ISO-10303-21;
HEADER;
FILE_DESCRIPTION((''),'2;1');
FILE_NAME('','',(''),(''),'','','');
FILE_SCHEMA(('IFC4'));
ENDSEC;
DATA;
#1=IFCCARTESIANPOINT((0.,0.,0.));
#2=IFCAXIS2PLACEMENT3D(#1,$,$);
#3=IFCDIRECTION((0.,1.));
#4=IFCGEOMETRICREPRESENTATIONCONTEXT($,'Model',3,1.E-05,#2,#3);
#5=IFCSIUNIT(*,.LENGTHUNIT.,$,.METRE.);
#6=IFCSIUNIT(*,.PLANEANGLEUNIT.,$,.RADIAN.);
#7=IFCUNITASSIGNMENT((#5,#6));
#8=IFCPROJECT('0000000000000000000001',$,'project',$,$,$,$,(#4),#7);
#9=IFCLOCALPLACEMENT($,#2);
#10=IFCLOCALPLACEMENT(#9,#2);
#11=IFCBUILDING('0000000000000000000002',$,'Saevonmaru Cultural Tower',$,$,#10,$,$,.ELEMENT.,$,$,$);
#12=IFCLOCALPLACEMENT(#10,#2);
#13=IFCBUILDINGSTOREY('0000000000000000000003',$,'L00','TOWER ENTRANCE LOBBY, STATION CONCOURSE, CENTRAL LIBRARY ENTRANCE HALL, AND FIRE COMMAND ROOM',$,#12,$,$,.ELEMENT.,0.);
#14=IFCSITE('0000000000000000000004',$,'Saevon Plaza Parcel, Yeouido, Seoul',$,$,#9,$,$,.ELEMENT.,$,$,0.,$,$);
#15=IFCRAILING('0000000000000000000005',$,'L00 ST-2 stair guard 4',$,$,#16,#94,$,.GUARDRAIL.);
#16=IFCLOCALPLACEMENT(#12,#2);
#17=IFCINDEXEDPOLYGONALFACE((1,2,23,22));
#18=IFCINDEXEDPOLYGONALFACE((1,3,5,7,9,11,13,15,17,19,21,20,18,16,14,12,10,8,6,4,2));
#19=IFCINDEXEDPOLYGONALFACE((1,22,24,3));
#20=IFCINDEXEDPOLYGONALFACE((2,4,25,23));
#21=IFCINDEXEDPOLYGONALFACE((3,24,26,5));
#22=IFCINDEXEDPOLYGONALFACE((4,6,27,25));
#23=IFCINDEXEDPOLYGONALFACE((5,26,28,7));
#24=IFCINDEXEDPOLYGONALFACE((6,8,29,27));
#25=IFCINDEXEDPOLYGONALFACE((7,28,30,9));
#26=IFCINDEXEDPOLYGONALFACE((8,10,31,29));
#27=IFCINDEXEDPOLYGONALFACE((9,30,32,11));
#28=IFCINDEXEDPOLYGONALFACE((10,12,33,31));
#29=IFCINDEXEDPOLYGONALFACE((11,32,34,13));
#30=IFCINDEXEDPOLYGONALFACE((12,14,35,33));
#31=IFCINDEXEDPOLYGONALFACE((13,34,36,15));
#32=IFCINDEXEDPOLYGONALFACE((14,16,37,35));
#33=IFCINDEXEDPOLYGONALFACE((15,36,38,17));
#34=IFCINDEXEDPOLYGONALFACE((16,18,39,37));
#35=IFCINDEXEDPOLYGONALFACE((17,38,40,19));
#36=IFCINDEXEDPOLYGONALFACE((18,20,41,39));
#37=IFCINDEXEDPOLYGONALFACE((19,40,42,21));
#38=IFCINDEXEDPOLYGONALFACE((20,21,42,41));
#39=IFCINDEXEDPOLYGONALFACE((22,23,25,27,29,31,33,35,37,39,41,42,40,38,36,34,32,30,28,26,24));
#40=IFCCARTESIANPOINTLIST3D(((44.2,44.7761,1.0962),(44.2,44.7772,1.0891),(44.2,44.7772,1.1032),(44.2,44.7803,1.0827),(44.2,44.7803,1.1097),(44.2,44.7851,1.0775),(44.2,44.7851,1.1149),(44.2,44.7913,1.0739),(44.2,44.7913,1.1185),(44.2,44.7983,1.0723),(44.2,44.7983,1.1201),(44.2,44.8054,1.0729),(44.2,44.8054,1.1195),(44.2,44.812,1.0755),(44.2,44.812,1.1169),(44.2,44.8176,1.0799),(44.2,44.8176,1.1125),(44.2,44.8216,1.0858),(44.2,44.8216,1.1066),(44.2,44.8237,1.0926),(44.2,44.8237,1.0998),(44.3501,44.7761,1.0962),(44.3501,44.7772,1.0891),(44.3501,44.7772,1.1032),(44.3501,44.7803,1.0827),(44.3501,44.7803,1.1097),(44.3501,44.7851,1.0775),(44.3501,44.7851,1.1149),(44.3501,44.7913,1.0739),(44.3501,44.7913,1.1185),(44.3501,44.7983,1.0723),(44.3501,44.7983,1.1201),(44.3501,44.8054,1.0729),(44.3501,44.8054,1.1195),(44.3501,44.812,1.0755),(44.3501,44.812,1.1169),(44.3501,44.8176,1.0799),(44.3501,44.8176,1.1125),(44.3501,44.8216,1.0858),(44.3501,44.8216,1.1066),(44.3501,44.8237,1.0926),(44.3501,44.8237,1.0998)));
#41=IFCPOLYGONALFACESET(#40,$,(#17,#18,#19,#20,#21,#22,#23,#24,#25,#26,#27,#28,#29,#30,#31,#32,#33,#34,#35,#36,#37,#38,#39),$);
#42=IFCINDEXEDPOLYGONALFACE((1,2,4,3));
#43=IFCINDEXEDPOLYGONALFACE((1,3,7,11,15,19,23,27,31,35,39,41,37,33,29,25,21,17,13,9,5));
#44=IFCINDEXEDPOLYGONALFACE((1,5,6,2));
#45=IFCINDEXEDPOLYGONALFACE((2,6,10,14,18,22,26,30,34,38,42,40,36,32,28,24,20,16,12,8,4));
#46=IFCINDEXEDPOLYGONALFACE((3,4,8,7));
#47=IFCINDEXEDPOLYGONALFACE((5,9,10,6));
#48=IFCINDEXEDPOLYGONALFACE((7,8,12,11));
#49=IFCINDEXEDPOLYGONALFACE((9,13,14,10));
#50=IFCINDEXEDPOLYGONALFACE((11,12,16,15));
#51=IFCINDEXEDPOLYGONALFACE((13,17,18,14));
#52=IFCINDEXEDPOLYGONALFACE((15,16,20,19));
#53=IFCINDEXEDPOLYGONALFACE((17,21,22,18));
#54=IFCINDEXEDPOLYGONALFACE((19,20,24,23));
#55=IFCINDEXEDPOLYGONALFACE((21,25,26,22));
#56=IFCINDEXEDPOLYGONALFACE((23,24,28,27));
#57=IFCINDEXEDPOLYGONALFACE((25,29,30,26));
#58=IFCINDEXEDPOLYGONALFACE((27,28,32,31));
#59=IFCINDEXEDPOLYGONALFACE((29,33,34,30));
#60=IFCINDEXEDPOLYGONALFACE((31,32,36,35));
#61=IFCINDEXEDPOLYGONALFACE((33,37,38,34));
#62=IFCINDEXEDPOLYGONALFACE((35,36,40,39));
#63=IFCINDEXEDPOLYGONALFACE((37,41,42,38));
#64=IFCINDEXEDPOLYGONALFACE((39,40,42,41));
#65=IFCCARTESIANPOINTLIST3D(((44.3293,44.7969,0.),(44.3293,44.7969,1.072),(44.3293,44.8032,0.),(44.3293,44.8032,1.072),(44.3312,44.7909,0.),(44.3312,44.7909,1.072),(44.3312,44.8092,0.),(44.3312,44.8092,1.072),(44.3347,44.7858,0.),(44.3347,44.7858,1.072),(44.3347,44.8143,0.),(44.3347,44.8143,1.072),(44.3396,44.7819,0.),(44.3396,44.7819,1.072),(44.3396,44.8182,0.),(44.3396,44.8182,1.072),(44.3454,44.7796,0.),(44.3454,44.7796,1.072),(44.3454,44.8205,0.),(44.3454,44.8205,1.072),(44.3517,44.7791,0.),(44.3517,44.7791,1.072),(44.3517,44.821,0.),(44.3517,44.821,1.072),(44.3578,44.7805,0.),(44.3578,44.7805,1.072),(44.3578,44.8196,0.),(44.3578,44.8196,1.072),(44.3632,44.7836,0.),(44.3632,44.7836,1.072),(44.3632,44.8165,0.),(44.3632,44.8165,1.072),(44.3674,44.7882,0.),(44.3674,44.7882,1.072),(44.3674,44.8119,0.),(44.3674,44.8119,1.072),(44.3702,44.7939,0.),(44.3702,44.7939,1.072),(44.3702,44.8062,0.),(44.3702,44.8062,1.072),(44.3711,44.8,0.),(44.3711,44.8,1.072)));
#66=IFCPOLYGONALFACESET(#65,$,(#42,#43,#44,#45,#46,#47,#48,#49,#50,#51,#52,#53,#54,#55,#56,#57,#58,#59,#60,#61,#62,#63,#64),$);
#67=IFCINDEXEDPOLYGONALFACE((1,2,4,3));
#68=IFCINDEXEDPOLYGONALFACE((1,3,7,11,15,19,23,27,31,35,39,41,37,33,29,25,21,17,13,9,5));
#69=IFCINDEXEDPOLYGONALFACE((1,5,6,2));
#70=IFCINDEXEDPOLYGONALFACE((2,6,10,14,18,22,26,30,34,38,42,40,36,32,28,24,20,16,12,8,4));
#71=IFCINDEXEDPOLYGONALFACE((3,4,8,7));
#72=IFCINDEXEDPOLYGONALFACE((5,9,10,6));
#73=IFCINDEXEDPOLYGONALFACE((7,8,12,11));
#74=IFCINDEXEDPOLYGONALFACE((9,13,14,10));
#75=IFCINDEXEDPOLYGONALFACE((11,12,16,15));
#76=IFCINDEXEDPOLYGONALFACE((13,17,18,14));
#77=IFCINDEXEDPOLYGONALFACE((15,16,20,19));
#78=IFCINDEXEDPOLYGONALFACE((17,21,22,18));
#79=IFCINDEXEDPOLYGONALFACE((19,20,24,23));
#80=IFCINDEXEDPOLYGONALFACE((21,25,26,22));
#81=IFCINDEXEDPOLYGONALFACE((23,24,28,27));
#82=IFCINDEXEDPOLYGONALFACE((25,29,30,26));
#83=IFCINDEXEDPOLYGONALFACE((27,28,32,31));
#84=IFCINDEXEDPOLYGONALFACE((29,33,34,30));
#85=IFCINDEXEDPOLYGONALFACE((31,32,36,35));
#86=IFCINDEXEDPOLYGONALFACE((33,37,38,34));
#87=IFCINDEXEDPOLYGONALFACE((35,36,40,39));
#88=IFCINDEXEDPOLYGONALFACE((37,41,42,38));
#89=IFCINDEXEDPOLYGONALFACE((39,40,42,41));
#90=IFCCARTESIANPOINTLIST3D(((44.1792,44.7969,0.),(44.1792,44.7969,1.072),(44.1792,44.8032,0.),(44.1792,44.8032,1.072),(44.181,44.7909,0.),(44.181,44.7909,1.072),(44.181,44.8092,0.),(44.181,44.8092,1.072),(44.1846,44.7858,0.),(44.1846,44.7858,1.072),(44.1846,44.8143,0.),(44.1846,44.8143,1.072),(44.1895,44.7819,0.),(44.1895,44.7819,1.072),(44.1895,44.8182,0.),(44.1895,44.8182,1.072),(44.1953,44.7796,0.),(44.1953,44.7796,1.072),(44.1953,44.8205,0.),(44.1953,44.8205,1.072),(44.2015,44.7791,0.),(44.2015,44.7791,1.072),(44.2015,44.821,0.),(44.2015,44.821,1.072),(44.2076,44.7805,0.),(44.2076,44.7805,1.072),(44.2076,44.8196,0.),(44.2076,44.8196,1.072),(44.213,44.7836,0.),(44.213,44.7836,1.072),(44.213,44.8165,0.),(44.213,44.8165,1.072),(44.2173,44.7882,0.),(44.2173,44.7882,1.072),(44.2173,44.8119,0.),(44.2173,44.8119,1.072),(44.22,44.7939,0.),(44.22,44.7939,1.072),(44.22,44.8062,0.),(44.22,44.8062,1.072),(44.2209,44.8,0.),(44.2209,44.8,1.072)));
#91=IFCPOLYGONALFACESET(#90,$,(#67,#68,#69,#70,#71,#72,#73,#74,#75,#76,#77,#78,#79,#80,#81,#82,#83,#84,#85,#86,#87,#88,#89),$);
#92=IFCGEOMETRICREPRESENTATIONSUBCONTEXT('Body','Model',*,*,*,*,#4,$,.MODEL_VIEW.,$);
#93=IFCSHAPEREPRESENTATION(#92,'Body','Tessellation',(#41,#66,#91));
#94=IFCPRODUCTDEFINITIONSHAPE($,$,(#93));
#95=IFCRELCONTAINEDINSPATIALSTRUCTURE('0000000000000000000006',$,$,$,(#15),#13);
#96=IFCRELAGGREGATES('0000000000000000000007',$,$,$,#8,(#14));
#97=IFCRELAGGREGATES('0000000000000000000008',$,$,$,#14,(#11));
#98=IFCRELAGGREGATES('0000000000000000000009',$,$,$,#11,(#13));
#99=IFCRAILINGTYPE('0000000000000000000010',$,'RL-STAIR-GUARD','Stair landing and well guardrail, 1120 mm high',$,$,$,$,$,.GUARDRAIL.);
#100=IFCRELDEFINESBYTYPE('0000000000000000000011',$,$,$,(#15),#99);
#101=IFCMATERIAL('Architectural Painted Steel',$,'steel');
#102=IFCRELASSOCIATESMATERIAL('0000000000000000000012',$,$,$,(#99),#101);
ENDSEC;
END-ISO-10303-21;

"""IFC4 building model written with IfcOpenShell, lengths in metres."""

from ifc_helpers import new_model, si_unit, direction, frame, origin, origin_2d, place, context, subcontext, project, spatial, circle, extrude, material, type_object, element, save


model = new_model("IFC4")

# Units and contexts
model_context = context("Model", 3, precision=1e-05, world=origin(), true_north=direction((0.0, 1.0)))
body_context = subcontext(model_context, "Body", "Model", "MODEL_VIEW")
ifc_project = project(units=[si_unit("LENGTHUNIT", "METRE"), si_unit("PLANEANGLEUNIT", "RADIAN")], contexts=[model_context])

# Site, building, storey
site_placement = place(None, origin())
site = spatial("IfcSite", under=ifc_project, at=site_placement, Name="Saevon Plaza Parcel, Yeouido, Seoul", CompositionType="ELEMENT", RefElevation=0.0)
building_placement = place(site_placement, origin())
building = spatial("IfcBuilding", under=site, at=building_placement, Name="Saevonmaru Cultural Tower", CompositionType="ELEMENT")
storey_placement = place(building_placement, origin())
storey = spatial("IfcBuildingStorey", under=building, at=storey_placement, Name="L00", Description="TOWER ENTRANCE LOBBY, STATION CONCOURSE, CENTRAL LIBRARY ENTRANCE HALL, AND FIRE COMMAND ROOM", CompositionType="ELEMENT", Elevation=0.0)

# Railing
ifc_material_1 = material(Name="Architectural Painted Steel", Category="steel")
railing_type_1 = type_object("IfcRailingType", Name="RL-STAIR-GUARD", Description="Stair landing and well guardrail, 1120 mm high", PredefinedType="GUARDRAIL", material=ifc_material_1)
railing_1_placement = place(storey_placement, frame((44.3501, 44.8, 0.0)))
element("IfcRailing", 1, at=railing_1_placement, inside=storey, type_object=railing_type_1, Name="L00 ST-2 stair guard 4", PredefinedType="GUARDRAIL", context=body_context, shape_type="SweptSolid", body=[
    extrude(circle(Radius=0.0239, at=origin_2d()), frame((0.0, 0.0, 1.0962), z_axis=(-1.0, 0.0, 0.0), x_axis=(0.0, -1.0, 0.0)), (0.0, 0.0, 1.0), 0.1501),
    extrude(circle(Radius=0.021, at=origin_2d()), origin(), (0.0, 0.0, 1.0), 1.072),
    extrude(circle(Radius=0.021, at=origin_2d()), frame((-0.1501, 0.0, 0.0)), (0.0, 0.0, 1.0), 1.072),
])

save(model, "model.ifc")
